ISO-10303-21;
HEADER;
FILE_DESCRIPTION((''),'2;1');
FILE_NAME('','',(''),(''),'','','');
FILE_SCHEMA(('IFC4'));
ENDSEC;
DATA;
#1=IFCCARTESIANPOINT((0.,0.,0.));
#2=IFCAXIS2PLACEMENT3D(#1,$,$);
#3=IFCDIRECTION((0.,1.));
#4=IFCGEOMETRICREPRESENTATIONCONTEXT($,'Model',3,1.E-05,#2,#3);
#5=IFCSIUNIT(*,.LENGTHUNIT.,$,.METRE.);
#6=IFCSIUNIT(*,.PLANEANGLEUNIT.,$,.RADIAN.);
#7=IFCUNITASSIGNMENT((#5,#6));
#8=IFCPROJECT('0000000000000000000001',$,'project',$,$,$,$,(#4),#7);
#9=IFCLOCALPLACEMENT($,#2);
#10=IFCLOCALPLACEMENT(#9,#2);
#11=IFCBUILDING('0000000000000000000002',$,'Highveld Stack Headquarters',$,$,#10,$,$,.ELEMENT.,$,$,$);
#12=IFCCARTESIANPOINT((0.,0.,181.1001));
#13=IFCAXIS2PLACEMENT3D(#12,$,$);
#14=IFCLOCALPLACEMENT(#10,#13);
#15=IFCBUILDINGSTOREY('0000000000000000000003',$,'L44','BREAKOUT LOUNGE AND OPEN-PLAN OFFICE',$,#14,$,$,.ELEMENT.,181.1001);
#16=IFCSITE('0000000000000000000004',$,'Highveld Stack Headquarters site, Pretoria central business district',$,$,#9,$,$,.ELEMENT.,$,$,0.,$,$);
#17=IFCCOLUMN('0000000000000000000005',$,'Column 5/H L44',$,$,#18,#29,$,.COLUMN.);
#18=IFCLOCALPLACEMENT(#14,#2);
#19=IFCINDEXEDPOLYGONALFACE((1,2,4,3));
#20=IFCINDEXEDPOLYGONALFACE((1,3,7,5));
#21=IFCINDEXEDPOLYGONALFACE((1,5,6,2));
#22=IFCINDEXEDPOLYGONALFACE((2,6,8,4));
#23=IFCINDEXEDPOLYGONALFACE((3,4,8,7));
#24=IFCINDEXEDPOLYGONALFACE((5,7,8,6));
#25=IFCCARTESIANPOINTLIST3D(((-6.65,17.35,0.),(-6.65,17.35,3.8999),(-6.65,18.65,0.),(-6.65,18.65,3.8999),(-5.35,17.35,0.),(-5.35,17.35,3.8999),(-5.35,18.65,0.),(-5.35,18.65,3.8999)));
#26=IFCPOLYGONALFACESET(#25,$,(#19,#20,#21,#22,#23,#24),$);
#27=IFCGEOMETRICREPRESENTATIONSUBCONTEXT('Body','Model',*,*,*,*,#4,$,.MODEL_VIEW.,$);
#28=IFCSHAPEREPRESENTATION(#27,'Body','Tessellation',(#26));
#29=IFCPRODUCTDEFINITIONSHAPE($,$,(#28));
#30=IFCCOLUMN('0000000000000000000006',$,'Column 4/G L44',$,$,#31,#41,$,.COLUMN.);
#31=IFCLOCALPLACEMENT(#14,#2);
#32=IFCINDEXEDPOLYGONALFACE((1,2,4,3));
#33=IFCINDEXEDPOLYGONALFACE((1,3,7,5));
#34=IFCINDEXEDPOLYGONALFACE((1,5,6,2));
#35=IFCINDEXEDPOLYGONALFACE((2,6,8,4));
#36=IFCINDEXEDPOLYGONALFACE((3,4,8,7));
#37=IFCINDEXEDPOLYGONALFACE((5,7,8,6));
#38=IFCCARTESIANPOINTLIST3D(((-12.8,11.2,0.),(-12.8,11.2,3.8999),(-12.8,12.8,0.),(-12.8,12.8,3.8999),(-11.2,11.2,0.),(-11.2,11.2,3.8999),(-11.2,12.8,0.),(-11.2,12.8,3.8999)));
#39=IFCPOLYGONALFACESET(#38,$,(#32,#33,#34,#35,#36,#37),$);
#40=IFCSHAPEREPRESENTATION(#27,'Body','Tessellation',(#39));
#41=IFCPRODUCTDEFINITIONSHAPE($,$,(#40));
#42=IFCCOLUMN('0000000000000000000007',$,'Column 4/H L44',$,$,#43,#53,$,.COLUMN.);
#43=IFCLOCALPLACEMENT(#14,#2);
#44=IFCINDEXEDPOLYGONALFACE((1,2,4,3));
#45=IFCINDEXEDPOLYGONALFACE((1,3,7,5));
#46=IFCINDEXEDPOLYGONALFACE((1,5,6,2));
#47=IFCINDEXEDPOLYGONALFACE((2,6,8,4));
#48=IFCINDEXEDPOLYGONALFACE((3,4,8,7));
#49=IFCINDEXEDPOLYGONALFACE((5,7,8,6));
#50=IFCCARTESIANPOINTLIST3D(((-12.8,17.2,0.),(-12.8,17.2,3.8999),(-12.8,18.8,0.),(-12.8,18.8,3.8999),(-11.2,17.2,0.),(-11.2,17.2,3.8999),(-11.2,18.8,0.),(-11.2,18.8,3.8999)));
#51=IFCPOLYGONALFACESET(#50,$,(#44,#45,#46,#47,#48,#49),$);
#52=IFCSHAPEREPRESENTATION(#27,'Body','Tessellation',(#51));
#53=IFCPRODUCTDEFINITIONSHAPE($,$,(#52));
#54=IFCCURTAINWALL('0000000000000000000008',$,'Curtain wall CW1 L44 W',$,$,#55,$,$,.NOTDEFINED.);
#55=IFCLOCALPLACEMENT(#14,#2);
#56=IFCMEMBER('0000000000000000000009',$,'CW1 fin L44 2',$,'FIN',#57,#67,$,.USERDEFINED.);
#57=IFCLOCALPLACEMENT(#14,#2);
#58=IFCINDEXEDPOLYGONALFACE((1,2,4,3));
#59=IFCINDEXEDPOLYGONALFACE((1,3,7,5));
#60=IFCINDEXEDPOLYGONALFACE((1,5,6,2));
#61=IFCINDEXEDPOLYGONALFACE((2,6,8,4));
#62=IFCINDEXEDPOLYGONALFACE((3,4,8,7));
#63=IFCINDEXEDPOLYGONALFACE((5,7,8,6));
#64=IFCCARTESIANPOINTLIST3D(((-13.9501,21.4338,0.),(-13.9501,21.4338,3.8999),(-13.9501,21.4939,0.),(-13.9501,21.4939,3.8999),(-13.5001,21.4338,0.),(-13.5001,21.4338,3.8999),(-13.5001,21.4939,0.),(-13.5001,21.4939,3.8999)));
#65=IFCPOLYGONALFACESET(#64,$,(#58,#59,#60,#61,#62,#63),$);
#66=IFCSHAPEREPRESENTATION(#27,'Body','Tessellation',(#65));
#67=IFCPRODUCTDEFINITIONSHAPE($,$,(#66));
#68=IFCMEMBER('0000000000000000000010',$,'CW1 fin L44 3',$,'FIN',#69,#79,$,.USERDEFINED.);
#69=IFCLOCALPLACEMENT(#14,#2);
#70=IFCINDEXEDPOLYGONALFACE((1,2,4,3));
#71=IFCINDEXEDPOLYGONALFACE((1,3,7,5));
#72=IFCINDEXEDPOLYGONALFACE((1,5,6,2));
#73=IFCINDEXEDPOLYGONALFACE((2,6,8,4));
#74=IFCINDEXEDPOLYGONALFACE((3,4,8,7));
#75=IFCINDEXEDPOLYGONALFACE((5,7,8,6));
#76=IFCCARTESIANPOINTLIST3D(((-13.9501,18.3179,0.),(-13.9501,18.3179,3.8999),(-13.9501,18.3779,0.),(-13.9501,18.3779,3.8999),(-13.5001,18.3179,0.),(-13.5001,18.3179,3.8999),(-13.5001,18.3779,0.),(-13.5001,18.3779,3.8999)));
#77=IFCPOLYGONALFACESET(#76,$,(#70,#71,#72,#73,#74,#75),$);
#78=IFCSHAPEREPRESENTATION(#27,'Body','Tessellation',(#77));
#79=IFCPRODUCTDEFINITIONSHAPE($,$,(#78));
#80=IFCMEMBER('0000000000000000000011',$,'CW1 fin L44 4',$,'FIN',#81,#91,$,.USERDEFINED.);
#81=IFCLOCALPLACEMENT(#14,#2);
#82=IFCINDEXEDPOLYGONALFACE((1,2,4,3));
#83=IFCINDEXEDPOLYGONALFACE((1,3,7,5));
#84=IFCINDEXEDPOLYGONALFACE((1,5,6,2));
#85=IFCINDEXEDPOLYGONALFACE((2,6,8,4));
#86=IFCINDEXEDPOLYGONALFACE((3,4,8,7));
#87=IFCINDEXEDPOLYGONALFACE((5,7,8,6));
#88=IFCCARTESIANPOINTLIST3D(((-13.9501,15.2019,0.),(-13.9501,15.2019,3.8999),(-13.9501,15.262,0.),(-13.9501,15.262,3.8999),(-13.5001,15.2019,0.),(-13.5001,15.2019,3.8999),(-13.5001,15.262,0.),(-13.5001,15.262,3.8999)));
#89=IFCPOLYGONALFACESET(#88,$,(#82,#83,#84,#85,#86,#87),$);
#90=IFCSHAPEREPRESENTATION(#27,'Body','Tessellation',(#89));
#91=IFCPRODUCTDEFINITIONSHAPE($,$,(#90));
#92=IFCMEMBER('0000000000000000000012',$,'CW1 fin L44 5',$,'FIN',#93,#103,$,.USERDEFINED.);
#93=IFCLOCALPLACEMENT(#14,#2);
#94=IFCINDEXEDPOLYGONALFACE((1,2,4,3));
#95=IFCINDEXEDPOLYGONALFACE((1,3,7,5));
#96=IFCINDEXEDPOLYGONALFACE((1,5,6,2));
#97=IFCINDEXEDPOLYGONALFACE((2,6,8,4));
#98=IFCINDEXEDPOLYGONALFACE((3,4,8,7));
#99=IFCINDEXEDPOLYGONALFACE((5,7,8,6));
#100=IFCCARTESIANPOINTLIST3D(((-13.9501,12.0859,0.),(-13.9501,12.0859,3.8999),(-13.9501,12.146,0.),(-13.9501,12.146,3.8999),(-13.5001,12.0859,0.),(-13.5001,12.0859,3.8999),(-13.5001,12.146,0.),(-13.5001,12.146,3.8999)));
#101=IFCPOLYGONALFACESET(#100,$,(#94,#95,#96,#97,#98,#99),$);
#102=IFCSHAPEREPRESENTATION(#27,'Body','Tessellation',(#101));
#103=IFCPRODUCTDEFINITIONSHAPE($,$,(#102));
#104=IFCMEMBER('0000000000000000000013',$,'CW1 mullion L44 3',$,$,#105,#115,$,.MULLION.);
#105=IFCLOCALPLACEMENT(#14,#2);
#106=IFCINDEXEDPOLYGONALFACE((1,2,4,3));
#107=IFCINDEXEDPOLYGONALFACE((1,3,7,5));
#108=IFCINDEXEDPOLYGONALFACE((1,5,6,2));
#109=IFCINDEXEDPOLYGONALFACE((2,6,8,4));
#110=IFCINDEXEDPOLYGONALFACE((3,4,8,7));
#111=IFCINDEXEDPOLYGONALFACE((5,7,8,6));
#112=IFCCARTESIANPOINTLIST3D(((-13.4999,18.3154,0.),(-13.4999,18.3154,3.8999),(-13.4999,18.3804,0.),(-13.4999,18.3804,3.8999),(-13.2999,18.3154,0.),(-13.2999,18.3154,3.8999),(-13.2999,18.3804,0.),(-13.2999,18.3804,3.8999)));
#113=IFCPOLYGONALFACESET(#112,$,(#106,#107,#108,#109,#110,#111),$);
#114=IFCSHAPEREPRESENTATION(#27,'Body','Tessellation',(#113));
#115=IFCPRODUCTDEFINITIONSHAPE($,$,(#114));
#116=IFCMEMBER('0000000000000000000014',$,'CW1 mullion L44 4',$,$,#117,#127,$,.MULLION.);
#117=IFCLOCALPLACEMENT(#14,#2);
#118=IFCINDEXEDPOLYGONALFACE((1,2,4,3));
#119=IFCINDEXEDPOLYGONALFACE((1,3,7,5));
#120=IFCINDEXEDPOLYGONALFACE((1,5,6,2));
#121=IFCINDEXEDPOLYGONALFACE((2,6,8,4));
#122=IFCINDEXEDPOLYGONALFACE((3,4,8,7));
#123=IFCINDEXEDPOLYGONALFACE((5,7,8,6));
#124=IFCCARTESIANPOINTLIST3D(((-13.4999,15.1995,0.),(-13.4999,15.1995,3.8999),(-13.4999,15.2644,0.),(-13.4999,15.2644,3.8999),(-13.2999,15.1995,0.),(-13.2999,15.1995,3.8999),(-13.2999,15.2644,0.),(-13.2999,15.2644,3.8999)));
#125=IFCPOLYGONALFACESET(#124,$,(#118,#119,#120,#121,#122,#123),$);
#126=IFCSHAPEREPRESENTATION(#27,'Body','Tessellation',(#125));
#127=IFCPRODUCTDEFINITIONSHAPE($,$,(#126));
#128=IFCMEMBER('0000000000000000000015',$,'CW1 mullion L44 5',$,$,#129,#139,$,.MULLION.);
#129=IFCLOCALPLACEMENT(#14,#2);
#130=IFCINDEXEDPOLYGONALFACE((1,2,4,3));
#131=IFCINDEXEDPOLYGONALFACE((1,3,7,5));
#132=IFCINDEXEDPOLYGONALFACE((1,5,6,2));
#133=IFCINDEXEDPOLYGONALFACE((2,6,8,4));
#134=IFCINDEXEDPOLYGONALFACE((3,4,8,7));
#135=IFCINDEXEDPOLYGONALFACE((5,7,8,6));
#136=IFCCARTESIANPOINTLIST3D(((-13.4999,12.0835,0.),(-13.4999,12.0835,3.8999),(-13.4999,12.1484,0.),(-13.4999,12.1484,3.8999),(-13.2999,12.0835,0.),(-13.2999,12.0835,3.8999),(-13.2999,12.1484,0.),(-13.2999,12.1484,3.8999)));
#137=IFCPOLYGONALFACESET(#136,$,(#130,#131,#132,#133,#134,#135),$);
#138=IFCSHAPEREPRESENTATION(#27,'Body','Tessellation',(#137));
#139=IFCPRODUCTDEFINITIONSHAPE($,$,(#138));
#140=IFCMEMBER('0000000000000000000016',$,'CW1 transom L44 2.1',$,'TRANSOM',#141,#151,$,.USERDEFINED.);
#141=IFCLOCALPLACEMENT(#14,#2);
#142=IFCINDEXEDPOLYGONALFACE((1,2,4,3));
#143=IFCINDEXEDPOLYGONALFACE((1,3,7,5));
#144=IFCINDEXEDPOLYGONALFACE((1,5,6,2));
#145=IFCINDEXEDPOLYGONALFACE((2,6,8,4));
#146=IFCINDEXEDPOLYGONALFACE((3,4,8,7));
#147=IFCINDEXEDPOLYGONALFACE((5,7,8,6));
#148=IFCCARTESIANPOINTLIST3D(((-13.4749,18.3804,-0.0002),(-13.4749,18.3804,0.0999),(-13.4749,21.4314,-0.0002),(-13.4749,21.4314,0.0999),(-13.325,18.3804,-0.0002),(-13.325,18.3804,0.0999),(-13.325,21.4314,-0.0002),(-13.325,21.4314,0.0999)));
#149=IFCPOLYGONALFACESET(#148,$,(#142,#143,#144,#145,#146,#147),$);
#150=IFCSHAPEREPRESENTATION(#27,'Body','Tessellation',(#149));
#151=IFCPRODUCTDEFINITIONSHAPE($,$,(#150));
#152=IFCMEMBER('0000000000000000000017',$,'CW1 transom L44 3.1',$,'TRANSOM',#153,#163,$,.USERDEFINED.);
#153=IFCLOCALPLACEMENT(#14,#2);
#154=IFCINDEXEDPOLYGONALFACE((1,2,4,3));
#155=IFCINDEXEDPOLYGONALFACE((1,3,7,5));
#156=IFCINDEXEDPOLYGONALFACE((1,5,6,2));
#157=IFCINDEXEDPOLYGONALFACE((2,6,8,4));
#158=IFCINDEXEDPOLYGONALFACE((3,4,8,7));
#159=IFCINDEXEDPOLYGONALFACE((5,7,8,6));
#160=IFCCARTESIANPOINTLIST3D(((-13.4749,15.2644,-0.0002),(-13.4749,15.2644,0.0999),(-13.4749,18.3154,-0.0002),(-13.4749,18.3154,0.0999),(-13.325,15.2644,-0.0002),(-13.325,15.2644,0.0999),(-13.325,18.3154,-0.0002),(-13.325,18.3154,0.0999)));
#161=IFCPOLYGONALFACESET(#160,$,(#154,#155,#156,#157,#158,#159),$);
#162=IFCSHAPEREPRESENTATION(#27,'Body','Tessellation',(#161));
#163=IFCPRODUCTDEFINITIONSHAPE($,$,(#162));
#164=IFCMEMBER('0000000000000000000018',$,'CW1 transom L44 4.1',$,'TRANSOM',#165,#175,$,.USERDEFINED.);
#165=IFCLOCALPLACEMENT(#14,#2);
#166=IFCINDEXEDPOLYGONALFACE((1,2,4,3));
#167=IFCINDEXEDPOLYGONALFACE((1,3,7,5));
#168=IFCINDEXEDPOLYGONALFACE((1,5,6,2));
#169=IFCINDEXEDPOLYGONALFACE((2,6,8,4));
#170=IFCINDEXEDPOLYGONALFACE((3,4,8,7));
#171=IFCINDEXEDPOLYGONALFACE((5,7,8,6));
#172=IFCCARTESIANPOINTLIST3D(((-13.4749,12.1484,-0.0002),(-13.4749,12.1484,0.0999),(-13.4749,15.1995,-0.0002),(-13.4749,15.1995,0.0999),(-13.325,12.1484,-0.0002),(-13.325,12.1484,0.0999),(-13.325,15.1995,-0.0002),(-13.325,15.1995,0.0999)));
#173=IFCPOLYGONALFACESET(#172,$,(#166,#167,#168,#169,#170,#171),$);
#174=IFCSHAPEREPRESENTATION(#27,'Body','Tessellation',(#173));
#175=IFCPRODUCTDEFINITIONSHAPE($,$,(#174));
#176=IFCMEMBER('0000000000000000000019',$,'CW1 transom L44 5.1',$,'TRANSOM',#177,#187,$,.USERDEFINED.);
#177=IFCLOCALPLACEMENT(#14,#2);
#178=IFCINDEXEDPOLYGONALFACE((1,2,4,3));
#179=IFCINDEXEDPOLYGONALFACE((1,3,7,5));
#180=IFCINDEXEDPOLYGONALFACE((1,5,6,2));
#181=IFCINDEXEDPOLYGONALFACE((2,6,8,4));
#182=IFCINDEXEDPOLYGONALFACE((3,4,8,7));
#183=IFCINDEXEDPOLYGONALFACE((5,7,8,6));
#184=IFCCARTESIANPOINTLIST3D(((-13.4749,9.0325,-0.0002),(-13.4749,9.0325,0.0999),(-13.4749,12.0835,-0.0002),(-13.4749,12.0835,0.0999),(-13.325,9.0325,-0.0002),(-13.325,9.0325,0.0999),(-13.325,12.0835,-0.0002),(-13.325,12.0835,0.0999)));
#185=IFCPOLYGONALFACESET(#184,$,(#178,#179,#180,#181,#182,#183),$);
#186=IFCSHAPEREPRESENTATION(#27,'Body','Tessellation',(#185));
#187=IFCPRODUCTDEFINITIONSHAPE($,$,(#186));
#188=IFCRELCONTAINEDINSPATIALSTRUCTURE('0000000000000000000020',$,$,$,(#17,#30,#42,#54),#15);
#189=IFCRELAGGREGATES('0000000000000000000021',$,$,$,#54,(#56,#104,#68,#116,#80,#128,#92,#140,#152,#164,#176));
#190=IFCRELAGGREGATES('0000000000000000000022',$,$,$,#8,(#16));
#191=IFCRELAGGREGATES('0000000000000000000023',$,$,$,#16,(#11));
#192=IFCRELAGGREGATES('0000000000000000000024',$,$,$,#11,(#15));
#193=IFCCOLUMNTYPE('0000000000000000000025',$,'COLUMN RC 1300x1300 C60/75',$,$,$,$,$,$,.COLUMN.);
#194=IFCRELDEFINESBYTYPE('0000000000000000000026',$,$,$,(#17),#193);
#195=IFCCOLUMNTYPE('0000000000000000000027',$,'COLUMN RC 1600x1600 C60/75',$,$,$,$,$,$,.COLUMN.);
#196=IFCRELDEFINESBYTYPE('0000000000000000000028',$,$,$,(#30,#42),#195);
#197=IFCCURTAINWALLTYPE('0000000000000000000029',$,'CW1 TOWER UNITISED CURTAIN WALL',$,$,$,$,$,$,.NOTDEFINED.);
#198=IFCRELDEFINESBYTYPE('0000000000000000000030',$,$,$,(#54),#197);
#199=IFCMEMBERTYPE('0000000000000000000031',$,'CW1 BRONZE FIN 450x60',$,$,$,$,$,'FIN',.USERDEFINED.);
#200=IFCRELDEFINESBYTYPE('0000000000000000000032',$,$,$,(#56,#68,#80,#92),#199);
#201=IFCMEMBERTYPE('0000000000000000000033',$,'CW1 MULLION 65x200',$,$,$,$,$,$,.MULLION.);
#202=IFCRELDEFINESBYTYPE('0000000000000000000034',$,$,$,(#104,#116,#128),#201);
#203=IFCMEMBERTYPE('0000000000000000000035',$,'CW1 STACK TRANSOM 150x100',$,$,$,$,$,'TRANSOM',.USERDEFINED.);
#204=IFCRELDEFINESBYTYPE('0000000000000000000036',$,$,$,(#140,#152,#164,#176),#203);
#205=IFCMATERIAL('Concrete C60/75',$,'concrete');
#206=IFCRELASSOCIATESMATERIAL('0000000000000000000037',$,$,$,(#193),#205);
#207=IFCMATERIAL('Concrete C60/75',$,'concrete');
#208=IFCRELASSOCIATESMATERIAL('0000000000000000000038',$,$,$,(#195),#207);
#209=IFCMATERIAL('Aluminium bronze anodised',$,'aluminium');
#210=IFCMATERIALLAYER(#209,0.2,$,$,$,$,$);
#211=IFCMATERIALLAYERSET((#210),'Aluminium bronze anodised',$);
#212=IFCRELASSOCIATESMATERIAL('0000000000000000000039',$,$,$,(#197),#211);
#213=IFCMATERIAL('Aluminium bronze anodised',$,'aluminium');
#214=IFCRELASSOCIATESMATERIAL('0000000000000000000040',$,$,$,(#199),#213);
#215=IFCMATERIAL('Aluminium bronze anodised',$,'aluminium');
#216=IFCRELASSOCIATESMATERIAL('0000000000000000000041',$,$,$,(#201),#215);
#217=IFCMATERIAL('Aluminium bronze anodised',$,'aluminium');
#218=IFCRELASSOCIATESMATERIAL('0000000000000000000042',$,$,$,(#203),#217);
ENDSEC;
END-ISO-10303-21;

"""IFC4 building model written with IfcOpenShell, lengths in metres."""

from ifc_helpers import new_model, si_unit, direction, frame, origin, origin_2d, place, context, subcontext, project, spatial, rectangle, extrude, material, layer, layer_set, material_profile, profile_set, type_object, element, aggregate, save


model = new_model("IFC4")

# Units and contexts
model_context = context("Model", 3, precision=1e-05, world=origin(), true_north=direction((0.0, 1.0)))
body_context = subcontext(model_context, "Body", "Model", "MODEL_VIEW")
ifc_project = project(units=[si_unit("LENGTHUNIT", "METRE"), si_unit("PLANEANGLEUNIT", "RADIAN")], contexts=[model_context])

# Site, building, storey
site_placement = place(None, origin())
site = spatial("IfcSite", under=ifc_project, at=site_placement, Name="Highveld Stack Headquarters site, Pretoria central business district", CompositionType="ELEMENT", RefElevation=0.0)
building_placement = place(site_placement, origin())
building = spatial("IfcBuilding", under=site, at=building_placement, Name="Highveld Stack Headquarters", CompositionType="ELEMENT")
storey_placement = place(building_placement, frame((0.0, 0.0, 181.1001)))
storey = spatial("IfcBuildingStorey", under=building, at=storey_placement, Name="L44", Description="BREAKOUT LOUNGE AND OPEN-PLAN OFFICE", CompositionType="ELEMENT", Elevation=181.1001)

# Columns
ifc_material_1 = material(Name="Concrete C60/75", Category="concrete")
ifc_material_profile_1 = material_profile(ifc_material_1, rectangle(XDim=1.3, YDim=1.3, at=origin_2d()), Name="RC 1300x1300")
ifc_profile_set_1 = profile_set([ifc_material_profile_1], Name="Concrete C60/75")
column_type_1 = type_object("IfcColumnType", Name="COLUMN RC 1300x1300 C60/75", PredefinedType="COLUMN", material=ifc_profile_set_1)
column_placement = place(storey_placement, frame((-6.0, 18.0, 0.0), z_axis=(0.0, 0.0, 1.0), x_axis=(1.0, 0.0, 0.0)))
element("IfcColumn", 1, at=column_placement, inside=storey, type_object=column_type_1, Name="Column 5/H L44", PredefinedType="COLUMN", context=body_context, shape_type="SweptSolid", body=[
    extrude(rectangle(XDim=1.3, YDim=1.3, at=origin_2d()), origin(), (0.0, 0.0, 1.0), 3.8999),
])
ifc_material_2 = material(Name="Concrete C60/75", Category="concrete")
ifc_material_profile_2 = material_profile(ifc_material_2, rectangle(XDim=1.6001, YDim=1.6001, at=origin_2d()), Name="RC 1600x1600")
ifc_profile_set_2 = profile_set([ifc_material_profile_2], Name="Concrete C60/75")
column_type_2 = type_object("IfcColumnType", Name="COLUMN RC 1600x1600 C60/75", PredefinedType="COLUMN", material=ifc_profile_set_2)
for number, where, z_axis, x_axis, name in (
    (2, (-12.0, 12.0, 0.0), (0.0, 0.0, 1.0), (1.0, 0.0, 0.0), "Column 4/G L44"),
    (3, (-12.0, 18.0, 0.0), (0.0, 0.0, 1.0), (1.0, 0.0, 0.0), "Column 4/H L44"),
):
    element("IfcColumn", number, at=place(storey_placement, frame(where, z_axis=z_axis, x_axis=x_axis)), inside=storey, type_object=column_type_2, Name=name, PredefinedType="COLUMN", context=body_context, shape_type="SweptSolid", body=[
        extrude(rectangle(XDim=1.6001, YDim=1.6001, at=origin_2d()), origin(), (0.0, 0.0, 1.0), 3.8999),
    ])

# Curtain wall, members
ifc_material_3 = material(Name="Aluminium bronze anodised", Category="aluminium")
ifc_layer_1 = layer(ifc_material_3, 0.2)
ifc_layer_set_1 = layer_set([ifc_layer_1], Name="Aluminium bronze anodised")
curtain_wall_type = type_object("IfcCurtainWallType", Name="CW1 TOWER UNITISED CURTAIN WALL", PredefinedType="NOTDEFINED", material=ifc_layer_set_1)
curtain_wall_placement = place(storey_placement, origin())
curtain_wall = element("IfcCurtainWall", 4, at=curtain_wall_placement, inside=storey, type_object=curtain_wall_type, Name="Curtain wall CW1 L44 W", PredefinedType="NOTDEFINED")
ifc_material_4 = material(Name="Aluminium bronze anodised", Category="aluminium")
ifc_material_profile_3 = material_profile(ifc_material_4, rectangle(XDim=0.45, YDim=0.0601, at=origin_2d()), Name="FIN 450x60")
ifc_profile_set_3 = profile_set([ifc_material_profile_3], Name="Aluminium bronze anodised")
member_type_1 = type_object("IfcMemberType", Name="CW1 BRONZE FIN 450x60", ElementType="FIN", PredefinedType="USERDEFINED", material=ifc_profile_set_3)
member_1_placement = place(storey_placement, frame((-13.7251, 21.4639, 0.0), z_axis=(0.0, 0.0, 1.0), x_axis=(1.0, 0.0, 0.0)))
member_1 = element("IfcMember", 5, at=member_1_placement, type_object=member_type_1, Name="CW1 fin L44 2", ObjectType="FIN", PredefinedType="USERDEFINED", context=body_context, shape_type="SweptSolid", body=[
    extrude(rectangle(XDim=0.45, YDim=0.0601, at=origin_2d()), origin(), (0.0, 0.0, 1.0), 3.8999),
])
member_2_placement = place(storey_placement, frame((-13.7251, 18.3479, 0.0), z_axis=(0.0, 0.0, 1.0), x_axis=(1.0, 0.0, 0.0)))
member_2 = element("IfcMember", 6, at=member_2_placement, type_object=member_type_1, Name="CW1 fin L44 3", ObjectType="FIN", PredefinedType="USERDEFINED", context=body_context, shape_type="SweptSolid", body=[
    extrude(rectangle(XDim=0.45, YDim=0.0601, at=origin_2d()), origin(), (0.0, 0.0, 1.0), 3.8999),
])
member_3_placement = place(storey_placement, frame((-13.7251, 15.2319, 0.0), z_axis=(0.0, 0.0, 1.0), x_axis=(1.0, 0.0, 0.0)))
member_3 = element("IfcMember", 7, at=member_3_placement, type_object=member_type_1, Name="CW1 fin L44 4", ObjectType="FIN", PredefinedType="USERDEFINED", context=body_context, shape_type="SweptSolid", body=[
    extrude(rectangle(XDim=0.45, YDim=0.0601, at=origin_2d()), origin(), (0.0, 0.0, 1.0), 3.8999),
])
member_4_placement = place(storey_placement, frame((-13.7251, 12.116, 0.0), z_axis=(0.0, 0.0, 1.0), x_axis=(1.0, 0.0, 0.0)))
member_4 = element("IfcMember", 8, at=member_4_placement, type_object=member_type_1, Name="CW1 fin L44 5", ObjectType="FIN", PredefinedType="USERDEFINED", context=body_context, shape_type="SweptSolid", body=[
    extrude(rectangle(XDim=0.45, YDim=0.0601, at=origin_2d()), origin(), (0.0, 0.0, 1.0), 3.8999),
])
ifc_material_5 = material(Name="Aluminium bronze anodised", Category="aluminium")
ifc_material_profile_4 = material_profile(ifc_material_5, rectangle(XDim=0.2, YDim=0.0649, at=origin_2d()), Name="CW1 MULLION 65x200")
ifc_profile_set_4 = profile_set([ifc_material_profile_4], Name="Aluminium bronze anodised")
member_type_2 = type_object("IfcMemberType", Name="CW1 MULLION 65x200", PredefinedType="MULLION", material=ifc_profile_set_4)
member_5_placement = place(storey_placement, frame((-13.3999, 18.3479, 0.0), z_axis=(0.0, 0.0, 1.0), x_axis=(1.0, 0.0, 0.0)))
member_5 = element("IfcMember", 9, at=member_5_placement, type_object=member_type_2, Name="CW1 mullion L44 3", PredefinedType="MULLION", context=body_context, shape_type="SweptSolid", body=[
    extrude(rectangle(XDim=0.2, YDim=0.0649, at=origin_2d()), origin(), (0.0, 0.0, 1.0), 3.8999),
])
member_6_placement = place(storey_placement, frame((-13.3999, 15.2319, 0.0), z_axis=(0.0, 0.0, 1.0), x_axis=(1.0, 0.0, 0.0)))
member_6 = element("IfcMember", 10, at=member_6_placement, type_object=member_type_2, Name="CW1 mullion L44 4", PredefinedType="MULLION", context=body_context, shape_type="SweptSolid", body=[
    extrude(rectangle(XDim=0.2, YDim=0.0649, at=origin_2d()), origin(), (0.0, 0.0, 1.0), 3.8999),
])
member_7_placement = place(storey_placement, frame((-13.3999, 12.116, 0.0), z_axis=(0.0, 0.0, 1.0), x_axis=(1.0, 0.0, 0.0)))
member_7 = element("IfcMember", 11, at=member_7_placement, type_object=member_type_2, Name="CW1 mullion L44 5", PredefinedType="MULLION", context=body_context, shape_type="SweptSolid", body=[
    extrude(rectangle(XDim=0.2, YDim=0.0649, at=origin_2d()), origin(), (0.0, 0.0, 1.0), 3.8999),
])
ifc_material_6 = material(Name="Aluminium bronze anodised", Category="aluminium")
ifc_material_profile_5 = material_profile(ifc_material_6, rectangle(XDim=0.1499, YDim=0.1001, at=origin_2d()), Name="CW1 TRANSOM 150x100")
ifc_profile_set_5 = profile_set([ifc_material_profile_5], Name="Aluminium bronze anodised")
member_type_3 = type_object("IfcMemberType", Name="CW1 STACK TRANSOM 150x100", ElementType="TRANSOM", PredefinedType="USERDEFINED", material=ifc_profile_set_5)
member_8_placement = place(storey_placement, frame((-13.3999, 21.4314, 0.0498), z_axis=(0.0, -1.0, 0.0), x_axis=(1.0, 0.0, 0.0)))
member_8 = element("IfcMember", 12, at=member_8_placement, type_object=member_type_3, Name="CW1 transom L44 2.1", ObjectType="TRANSOM", PredefinedType="USERDEFINED", context=body_context, shape_type="SweptSolid", body=[
    extrude(rectangle(XDim=0.1499, YDim=0.1001, at=origin_2d()), origin(), (0.0, 0.0, 1.0), 3.051),
])
member_9_placement = place(storey_placement, frame((-13.3999, 18.3154, 0.0498), z_axis=(0.0, -1.0, 0.0), x_axis=(1.0, 0.0, 0.0)))
member_9 = element("IfcMember", 13, at=member_9_placement, type_object=member_type_3, Name="CW1 transom L44 3.1", ObjectType="TRANSOM", PredefinedType="USERDEFINED", context=body_context, shape_type="SweptSolid", body=[
    extrude(rectangle(XDim=0.1499, YDim=0.1001, at=origin_2d()), origin(), (0.0, 0.0, 1.0), 3.051),
])
member_10_placement = place(storey_placement, frame((-13.3999, 15.1995, 0.0498), z_axis=(0.0, -1.0, 0.0), x_axis=(1.0, 0.0, 0.0)))
member_10 = element("IfcMember", 14, at=member_10_placement, type_object=member_type_3, Name="CW1 transom L44 4.1", ObjectType="TRANSOM", PredefinedType="USERDEFINED", context=body_context, shape_type="SweptSolid", body=[
    extrude(rectangle(XDim=0.1499, YDim=0.1001, at=origin_2d()), origin(), (0.0, 0.0, 1.0), 3.051),
])
member_11_placement = place(storey_placement, frame((-13.3999, 12.0835, 0.0498), z_axis=(0.0, -1.0, 0.0), x_axis=(1.0, 0.0, 0.0)))
member_11 = element("IfcMember", 15, at=member_11_placement, type_object=member_type_3, Name="CW1 transom L44 5.1", ObjectType="TRANSOM", PredefinedType="USERDEFINED", context=body_context, shape_type="SweptSolid", body=[
    extrude(rectangle(XDim=0.1499, YDim=0.1001, at=origin_2d()), origin(), (0.0, 0.0, 1.0), 3.051),
])
aggregate(curtain_wall, [member_1, member_5, member_2, member_6, member_3, member_7, member_4, member_8, member_9, member_10, member_11])

save(model, "model.ifc")
